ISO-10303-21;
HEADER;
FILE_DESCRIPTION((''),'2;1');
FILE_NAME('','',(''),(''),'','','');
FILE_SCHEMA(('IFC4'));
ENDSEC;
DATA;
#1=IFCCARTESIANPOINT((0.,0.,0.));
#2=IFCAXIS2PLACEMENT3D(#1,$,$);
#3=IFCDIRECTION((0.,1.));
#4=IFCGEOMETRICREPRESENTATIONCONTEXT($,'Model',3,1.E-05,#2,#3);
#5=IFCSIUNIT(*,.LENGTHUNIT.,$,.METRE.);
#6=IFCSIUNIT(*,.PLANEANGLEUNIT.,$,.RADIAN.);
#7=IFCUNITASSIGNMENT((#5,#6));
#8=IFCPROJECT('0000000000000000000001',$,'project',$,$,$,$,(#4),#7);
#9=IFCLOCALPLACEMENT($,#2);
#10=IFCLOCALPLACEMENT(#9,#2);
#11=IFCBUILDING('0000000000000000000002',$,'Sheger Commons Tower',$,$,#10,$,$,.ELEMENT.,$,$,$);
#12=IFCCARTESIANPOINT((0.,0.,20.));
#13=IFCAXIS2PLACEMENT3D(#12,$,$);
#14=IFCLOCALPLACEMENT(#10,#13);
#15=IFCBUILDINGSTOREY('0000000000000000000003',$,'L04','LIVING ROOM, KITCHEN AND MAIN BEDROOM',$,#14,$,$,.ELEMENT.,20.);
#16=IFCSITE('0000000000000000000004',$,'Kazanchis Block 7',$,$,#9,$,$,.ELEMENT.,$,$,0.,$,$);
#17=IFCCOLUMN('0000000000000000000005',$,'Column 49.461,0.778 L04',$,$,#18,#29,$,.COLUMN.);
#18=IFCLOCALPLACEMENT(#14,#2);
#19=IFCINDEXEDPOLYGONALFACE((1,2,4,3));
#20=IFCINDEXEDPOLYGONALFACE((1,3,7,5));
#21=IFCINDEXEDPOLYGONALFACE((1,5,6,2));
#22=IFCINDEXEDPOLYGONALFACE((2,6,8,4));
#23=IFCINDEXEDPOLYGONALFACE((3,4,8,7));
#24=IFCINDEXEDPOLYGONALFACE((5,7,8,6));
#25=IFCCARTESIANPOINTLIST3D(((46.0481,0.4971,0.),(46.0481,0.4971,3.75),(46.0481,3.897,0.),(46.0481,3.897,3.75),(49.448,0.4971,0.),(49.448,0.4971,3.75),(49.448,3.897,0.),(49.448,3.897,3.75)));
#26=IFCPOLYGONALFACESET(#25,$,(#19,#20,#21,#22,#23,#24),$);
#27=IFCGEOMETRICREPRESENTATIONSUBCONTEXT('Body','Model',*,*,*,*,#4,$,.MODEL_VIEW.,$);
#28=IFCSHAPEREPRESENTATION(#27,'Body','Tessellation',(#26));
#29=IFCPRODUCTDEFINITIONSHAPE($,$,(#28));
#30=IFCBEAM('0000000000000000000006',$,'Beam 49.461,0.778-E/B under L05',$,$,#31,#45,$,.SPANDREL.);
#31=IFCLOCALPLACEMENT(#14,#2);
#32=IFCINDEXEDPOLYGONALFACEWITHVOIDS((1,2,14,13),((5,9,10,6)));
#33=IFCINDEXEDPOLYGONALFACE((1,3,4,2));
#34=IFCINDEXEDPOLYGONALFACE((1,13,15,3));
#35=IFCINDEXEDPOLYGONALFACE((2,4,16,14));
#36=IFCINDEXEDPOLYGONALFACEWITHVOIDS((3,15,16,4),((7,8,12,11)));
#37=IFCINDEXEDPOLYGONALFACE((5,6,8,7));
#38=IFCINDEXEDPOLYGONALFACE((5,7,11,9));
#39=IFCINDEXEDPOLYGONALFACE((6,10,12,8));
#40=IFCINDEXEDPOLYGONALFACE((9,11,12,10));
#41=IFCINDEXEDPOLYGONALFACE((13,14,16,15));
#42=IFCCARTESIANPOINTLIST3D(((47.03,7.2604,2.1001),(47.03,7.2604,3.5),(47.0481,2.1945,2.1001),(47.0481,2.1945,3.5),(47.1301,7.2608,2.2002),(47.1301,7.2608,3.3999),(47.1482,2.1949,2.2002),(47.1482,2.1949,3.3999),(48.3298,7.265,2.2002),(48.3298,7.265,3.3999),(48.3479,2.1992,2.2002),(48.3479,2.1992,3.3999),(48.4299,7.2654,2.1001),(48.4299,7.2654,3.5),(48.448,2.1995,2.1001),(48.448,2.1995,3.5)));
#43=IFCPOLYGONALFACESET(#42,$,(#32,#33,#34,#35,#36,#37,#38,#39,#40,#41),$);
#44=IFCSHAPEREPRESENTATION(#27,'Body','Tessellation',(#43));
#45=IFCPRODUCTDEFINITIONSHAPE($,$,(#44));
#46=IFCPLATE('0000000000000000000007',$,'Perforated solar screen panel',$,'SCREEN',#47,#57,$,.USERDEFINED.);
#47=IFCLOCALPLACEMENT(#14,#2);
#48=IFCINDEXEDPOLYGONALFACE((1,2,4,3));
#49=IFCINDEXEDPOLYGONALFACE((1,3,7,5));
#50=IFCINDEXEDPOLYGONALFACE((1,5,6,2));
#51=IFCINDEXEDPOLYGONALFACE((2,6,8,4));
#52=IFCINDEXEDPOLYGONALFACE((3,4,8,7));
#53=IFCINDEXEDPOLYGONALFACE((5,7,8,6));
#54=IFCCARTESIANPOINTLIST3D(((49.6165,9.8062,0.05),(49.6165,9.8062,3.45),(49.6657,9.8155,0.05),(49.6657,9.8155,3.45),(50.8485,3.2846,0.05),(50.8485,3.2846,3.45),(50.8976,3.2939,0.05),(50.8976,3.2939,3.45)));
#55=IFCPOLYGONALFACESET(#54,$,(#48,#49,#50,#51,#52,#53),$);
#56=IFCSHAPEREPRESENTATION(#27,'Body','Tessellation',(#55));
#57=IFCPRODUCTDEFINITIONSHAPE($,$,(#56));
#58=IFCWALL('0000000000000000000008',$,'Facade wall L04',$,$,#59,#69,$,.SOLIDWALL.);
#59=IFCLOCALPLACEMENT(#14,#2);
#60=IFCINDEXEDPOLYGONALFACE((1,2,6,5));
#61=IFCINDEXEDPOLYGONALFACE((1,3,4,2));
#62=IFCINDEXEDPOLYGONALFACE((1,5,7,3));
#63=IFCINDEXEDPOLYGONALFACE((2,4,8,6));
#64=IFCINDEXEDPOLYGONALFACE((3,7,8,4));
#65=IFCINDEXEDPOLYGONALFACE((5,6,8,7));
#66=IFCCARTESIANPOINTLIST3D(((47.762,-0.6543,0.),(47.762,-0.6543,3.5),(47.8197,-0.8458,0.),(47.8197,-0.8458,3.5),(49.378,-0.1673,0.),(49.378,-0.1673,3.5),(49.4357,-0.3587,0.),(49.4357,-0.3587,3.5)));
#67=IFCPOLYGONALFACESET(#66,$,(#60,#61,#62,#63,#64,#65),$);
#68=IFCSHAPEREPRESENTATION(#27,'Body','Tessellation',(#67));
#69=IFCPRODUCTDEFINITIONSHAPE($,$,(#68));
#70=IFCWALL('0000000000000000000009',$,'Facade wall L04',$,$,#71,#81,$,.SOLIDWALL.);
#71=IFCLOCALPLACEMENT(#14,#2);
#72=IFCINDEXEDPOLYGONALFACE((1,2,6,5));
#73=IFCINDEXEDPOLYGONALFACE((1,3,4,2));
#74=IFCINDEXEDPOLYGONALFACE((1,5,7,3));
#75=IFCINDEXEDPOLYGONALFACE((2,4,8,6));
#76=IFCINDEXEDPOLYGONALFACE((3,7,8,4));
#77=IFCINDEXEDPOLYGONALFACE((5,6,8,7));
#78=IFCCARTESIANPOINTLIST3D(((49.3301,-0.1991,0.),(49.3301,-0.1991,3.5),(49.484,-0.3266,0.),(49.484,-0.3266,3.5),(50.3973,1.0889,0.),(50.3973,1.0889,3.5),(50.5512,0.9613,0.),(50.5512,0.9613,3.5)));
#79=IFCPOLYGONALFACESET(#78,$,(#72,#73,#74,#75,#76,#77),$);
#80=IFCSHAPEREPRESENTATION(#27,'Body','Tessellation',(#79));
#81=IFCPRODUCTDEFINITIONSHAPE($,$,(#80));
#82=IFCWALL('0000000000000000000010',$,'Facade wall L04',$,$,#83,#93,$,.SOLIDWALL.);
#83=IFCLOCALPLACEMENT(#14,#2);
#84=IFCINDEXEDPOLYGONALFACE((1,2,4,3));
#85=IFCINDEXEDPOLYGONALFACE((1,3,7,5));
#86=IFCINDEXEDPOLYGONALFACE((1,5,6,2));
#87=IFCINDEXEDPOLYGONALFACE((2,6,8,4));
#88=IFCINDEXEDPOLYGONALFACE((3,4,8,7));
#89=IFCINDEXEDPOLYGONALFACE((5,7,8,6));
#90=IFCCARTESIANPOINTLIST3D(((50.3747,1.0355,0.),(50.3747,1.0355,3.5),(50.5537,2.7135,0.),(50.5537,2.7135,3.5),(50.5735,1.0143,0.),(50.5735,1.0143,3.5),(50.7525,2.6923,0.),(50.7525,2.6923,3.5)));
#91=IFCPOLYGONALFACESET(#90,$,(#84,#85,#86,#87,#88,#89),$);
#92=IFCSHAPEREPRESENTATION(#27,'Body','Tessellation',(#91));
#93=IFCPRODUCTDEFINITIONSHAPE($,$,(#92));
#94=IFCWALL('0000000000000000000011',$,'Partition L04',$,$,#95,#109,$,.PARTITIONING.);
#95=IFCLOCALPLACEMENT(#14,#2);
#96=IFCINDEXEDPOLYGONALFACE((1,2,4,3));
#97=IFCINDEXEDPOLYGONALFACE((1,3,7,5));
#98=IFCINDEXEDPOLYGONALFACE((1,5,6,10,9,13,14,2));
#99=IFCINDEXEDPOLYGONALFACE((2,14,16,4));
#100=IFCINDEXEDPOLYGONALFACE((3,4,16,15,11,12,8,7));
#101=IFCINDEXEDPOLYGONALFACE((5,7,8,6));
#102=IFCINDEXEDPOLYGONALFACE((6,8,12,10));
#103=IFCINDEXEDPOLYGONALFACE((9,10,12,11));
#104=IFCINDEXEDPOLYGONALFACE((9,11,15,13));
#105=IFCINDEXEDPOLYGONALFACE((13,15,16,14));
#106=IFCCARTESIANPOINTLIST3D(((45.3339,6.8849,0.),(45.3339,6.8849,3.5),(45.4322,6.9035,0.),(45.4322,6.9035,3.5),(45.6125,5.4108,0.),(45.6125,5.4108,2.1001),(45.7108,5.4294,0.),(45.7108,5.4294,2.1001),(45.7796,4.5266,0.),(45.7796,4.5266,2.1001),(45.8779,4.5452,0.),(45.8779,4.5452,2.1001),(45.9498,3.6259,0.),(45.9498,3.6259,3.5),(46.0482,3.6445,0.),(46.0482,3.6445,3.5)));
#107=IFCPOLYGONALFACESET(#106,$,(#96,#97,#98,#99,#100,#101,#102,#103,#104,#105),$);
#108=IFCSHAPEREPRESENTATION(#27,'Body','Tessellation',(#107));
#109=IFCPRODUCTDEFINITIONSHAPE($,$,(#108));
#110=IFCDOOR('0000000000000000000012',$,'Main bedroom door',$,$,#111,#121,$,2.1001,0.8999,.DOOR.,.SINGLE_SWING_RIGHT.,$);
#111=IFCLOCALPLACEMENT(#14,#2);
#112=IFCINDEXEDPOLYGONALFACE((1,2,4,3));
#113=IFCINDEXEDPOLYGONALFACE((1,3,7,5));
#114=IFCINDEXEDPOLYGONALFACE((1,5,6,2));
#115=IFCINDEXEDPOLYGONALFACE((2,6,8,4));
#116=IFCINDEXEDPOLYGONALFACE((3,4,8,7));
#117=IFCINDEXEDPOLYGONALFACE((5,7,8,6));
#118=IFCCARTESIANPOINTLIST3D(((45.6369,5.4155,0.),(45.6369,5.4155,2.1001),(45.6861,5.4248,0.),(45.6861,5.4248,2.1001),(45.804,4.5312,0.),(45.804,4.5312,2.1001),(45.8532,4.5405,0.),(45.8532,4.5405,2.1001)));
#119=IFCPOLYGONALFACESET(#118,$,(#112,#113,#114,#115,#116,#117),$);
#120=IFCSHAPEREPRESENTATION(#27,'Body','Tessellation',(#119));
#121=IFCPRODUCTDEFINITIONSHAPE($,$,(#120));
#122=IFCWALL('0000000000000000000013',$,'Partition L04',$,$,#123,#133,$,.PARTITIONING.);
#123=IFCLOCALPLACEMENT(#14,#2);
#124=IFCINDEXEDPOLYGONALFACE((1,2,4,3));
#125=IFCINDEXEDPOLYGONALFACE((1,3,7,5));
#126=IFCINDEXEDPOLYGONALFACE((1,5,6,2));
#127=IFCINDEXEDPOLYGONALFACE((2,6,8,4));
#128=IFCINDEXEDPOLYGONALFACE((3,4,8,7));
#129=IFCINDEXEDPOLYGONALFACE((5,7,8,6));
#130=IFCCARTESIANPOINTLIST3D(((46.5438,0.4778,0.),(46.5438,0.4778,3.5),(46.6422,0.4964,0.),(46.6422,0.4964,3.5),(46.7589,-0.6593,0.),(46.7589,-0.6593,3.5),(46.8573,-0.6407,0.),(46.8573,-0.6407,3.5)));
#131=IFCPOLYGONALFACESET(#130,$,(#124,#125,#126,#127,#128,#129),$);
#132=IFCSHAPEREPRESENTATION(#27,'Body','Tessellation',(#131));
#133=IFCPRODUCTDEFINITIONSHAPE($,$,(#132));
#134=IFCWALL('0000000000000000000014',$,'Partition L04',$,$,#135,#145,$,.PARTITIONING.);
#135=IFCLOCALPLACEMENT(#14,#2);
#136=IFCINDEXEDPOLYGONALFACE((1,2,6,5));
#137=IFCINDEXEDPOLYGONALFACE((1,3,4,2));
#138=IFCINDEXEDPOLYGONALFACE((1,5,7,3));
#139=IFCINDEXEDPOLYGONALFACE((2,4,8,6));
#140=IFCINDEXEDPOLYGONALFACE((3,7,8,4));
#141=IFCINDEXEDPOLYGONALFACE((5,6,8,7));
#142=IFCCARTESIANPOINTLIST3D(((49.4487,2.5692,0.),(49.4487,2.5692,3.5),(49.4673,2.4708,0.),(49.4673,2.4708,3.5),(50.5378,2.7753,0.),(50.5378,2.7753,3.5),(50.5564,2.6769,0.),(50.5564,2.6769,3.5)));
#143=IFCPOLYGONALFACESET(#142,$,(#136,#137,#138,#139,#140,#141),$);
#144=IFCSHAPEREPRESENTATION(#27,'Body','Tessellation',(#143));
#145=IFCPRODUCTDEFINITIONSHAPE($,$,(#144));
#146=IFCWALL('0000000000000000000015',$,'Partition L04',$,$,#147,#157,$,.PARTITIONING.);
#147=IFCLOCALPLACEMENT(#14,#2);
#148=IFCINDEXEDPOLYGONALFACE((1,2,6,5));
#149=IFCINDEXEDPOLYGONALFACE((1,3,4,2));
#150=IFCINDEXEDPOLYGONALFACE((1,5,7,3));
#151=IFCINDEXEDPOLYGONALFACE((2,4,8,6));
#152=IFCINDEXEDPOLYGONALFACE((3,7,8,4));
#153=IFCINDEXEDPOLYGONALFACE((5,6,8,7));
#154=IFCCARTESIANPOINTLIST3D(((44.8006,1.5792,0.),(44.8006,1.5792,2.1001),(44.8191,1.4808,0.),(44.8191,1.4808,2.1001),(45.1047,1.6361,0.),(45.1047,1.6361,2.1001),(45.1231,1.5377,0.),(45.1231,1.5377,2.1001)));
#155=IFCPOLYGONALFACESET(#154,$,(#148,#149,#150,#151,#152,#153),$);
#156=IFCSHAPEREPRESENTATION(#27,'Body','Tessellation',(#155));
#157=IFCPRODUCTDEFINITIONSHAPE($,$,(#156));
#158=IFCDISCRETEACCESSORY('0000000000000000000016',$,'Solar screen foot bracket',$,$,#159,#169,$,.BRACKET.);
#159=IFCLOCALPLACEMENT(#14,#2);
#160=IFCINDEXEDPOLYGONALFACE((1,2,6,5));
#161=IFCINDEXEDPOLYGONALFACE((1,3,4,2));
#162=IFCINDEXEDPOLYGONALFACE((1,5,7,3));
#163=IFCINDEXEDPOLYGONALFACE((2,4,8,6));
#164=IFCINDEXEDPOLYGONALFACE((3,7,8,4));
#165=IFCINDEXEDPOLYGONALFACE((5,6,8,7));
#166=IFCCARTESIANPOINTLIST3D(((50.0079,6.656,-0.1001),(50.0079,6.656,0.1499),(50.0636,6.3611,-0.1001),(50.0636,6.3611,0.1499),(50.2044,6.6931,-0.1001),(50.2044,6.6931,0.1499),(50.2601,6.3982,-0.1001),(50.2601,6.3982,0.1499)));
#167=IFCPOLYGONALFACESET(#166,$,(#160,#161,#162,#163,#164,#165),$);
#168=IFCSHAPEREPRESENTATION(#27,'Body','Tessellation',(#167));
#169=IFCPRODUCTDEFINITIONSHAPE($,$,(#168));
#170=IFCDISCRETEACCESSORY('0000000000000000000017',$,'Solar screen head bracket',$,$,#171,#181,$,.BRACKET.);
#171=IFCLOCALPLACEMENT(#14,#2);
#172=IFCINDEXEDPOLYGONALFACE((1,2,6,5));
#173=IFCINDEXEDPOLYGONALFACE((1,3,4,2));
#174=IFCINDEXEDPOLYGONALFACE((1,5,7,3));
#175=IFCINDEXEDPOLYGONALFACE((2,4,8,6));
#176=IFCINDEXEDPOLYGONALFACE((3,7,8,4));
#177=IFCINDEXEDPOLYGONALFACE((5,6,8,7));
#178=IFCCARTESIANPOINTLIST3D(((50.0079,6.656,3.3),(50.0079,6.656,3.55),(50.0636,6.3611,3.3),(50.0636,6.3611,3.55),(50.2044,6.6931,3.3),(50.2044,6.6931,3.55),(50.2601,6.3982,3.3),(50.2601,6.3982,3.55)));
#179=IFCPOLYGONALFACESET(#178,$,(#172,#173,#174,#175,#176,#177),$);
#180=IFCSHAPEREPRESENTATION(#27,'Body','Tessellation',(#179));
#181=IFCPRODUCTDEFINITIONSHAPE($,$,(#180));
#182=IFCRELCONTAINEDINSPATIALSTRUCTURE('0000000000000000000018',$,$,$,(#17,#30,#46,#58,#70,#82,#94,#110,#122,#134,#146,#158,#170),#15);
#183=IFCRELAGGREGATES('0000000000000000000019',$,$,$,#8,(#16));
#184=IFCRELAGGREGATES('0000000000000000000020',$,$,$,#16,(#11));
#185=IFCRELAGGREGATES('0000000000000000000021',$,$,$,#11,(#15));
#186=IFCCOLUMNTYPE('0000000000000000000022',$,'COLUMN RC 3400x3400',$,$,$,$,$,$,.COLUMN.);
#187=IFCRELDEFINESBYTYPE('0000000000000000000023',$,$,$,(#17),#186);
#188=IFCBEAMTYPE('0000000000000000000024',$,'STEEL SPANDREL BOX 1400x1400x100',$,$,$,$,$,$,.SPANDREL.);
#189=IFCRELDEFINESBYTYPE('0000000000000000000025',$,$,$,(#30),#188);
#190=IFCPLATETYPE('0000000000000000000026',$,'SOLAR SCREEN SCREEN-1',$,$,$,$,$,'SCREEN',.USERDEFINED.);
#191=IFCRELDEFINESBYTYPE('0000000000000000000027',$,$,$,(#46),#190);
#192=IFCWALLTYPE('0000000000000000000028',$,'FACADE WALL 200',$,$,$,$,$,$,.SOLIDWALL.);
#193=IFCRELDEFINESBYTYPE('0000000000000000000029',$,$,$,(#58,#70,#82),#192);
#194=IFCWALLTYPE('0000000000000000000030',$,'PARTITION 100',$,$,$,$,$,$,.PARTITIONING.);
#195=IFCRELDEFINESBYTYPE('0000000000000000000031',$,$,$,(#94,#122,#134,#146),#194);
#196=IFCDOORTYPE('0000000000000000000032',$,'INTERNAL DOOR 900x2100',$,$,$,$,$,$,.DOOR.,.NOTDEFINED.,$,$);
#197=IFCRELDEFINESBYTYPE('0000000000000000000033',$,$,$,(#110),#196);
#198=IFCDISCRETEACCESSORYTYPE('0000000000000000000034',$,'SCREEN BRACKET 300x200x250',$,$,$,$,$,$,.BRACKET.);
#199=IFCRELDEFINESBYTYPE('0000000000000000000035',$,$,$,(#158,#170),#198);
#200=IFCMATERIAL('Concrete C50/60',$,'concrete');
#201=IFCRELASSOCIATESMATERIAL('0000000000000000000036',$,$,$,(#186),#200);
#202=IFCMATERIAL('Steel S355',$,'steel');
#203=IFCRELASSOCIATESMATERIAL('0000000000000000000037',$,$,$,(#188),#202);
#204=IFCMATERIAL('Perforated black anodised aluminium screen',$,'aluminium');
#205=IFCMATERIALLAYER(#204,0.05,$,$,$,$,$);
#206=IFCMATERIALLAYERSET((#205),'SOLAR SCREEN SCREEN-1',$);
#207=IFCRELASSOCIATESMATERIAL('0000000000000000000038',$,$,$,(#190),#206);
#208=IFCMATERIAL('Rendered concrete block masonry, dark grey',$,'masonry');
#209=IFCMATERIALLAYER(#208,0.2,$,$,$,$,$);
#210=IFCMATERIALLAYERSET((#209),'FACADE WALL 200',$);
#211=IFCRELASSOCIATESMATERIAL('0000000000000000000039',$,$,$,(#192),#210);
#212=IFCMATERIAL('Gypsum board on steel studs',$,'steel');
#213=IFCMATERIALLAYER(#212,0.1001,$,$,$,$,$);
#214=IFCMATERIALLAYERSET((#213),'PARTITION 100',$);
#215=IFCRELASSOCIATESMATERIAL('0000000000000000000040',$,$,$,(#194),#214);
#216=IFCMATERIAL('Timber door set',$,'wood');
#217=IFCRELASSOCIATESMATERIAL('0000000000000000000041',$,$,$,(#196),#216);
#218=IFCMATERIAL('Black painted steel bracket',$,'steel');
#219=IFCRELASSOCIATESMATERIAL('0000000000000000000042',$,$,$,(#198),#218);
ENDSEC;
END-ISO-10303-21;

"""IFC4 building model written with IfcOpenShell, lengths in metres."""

from ifc_helpers import new_model, si_unit, direction, frame, frame_2d, origin, origin_2d, place, context, subcontext, project, spatial, rectangle, hollow_rectangle, extrude, material, layer, layer_set, material_profile, profile_set, type_object, element, fill, save


model = new_model("IFC4")

# Units and contexts
model_context = context("Model", 3, precision=1e-05, world=origin(), true_north=direction((0.0, 1.0)))
body_context = subcontext(model_context, "Body", "Model", "MODEL_VIEW")
ifc_project = project(units=[si_unit("LENGTHUNIT", "METRE"), si_unit("PLANEANGLEUNIT", "RADIAN")], contexts=[model_context])

# Site, building, storey
site_placement = place(None, origin())
site = spatial("IfcSite", under=ifc_project, at=site_placement, Name="Kazanchis Block 7", CompositionType="ELEMENT", RefElevation=0.0)
building_placement = place(site_placement, origin())
building = spatial("IfcBuilding", under=site, at=building_placement, Name="Sheger Commons Tower", CompositionType="ELEMENT")
storey_placement = place(building_placement, frame((0.0, 0.0, 20.0)))
storey = spatial("IfcBuildingStorey", under=building, at=storey_placement, Name="L04", Description="LIVING ROOM, KITCHEN AND MAIN BEDROOM", CompositionType="ELEMENT", Elevation=20.0)

# Column
ifc_material_1 = material(Name="Concrete C50/60", Category="concrete")
ifc_material_profile_1 = material_profile(ifc_material_1, rectangle(XDim=3.3999, YDim=3.3999, at=origin_2d()), Name="RC 3400x3400")
ifc_profile_set_1 = profile_set([ifc_material_profile_1], Name="Concrete C50/60")
column_type = type_object("IfcColumnType", Name="COLUMN RC 3400x3400", PredefinedType="COLUMN", material=ifc_profile_set_1)
column_placement = place(storey_placement, frame((47.748, 2.197, 0.0), z_axis=(0.0, 0.0, 1.0), x_axis=(1.0, 0.0, 0.0)))
element("IfcColumn", 1, at=column_placement, inside=storey, type_object=column_type, Name="Column 49.461,0.778 L04", PredefinedType="COLUMN", context=body_context, shape_type="SweptSolid", body=[
    extrude(rectangle(XDim=3.3999, YDim=3.3999, at=origin_2d()), origin(), (0.0, 0.0, 1.0), 3.75),
])

# Beam
ifc_material_2 = material(Name="Steel S355", Category="steel")
ifc_material_profile_2 = material_profile(ifc_material_2, hollow_rectangle(XDim=1.3999, YDim=1.3999, WallThickness=0.1001, at=origin_2d()), Name="BOX 1400x1400x100")
ifc_profile_set_2 = profile_set([ifc_material_profile_2], Name="Steel S355")
beam_type = type_object("IfcBeamType", Name="STEEL SPANDREL BOX 1400x1400x100", PredefinedType="SPANDREL", material=ifc_profile_set_2)
beam_placement = place(storey_placement, frame((47.748, 2.197, 2.8), z_axis=(-0.003566, 0.999994, 0.0), x_axis=(-0.999994, -0.003566, 0.0)))
element("IfcBeam", 2, at=beam_placement, inside=storey, type_object=beam_type, Name="Beam 49.461,0.778-E/B under L05", PredefinedType="SPANDREL", context=body_context, shape_type="SweptSolid", body=[
    extrude(hollow_rectangle(XDim=1.3999, YDim=1.3999, WallThickness=0.1001, at=origin_2d()), origin(), (0.0, 0.0, 1.0), 5.0659),
])

# Plate
ifc_material_3 = material(Name="Perforated black anodised aluminium screen", Category="aluminium")
ifc_layer_1 = layer(ifc_material_3, 0.05)
ifc_layer_set_1 = layer_set([ifc_layer_1], Name="SOLAR SCREEN SCREEN-1")
plate_type = type_object("IfcPlateType", Name="SOLAR SCREEN SCREEN-1", ElementType="SCREEN", PredefinedType="USERDEFINED", material=ifc_layer_set_1)
plate_placement = place(storey_placement, frame((50.2571, 6.55, 0.05), z_axis=(0.0, 0.0, 1.0), x_axis=(-0.185615, 0.982623, 0.0)))
element("IfcPlate", 3, at=plate_placement, inside=storey, type_object=plate_type, Name="Perforated solar screen panel", ObjectType="SCREEN", PredefinedType="USERDEFINED", context=body_context, shape_type="SweptSolid", body=[
    extrude(rectangle(XDim=6.637, YDim=0.05, at=origin_2d()), origin(), (0.0, 0.0, 1.0), 3.3999),
])

# Walls
ifc_material_4 = material(Name="Rendered concrete block masonry, dark grey", Category="masonry")
ifc_layer_2 = layer(ifc_material_4, 0.2)
ifc_layer_set_2 = layer_set([ifc_layer_2], Name="FACADE WALL 200")
wall_type_1 = type_object("IfcWallType", Name="FACADE WALL 200", PredefinedType="SOLIDWALL", material=ifc_layer_set_2)
wall_1_placement = place(storey_placement, frame((47.791, -0.75, 0.0), z_axis=(0.0, 0.0, 1.0), x_axis=(0.957455, 0.288582, 0.0)))
element("IfcWall", 4, at=wall_1_placement, inside=storey, type_object=wall_type_1, Name="Facade wall L04", PredefinedType="SOLIDWALL", context=body_context, shape_type="SweptSolid", body=[
    extrude(rectangle(XDim=1.6877, YDim=0.2, at=frame_2d((0.8438, 0.0))), origin(), (0.0, 0.0, 1.0), 3.5),
])
wall_2_placement = place(storey_placement, frame((49.407, -0.2629, 0.0), z_axis=(0.0, 0.0, 1.0), x_axis=(0.638043, 0.770001, 0.0)))
element("IfcWall", 5, at=wall_2_placement, inside=storey, type_object=wall_type_1, Name="Facade wall L04", PredefinedType="SOLIDWALL", context=body_context, shape_type="SweptSolid", body=[
    extrude(rectangle(XDim=1.6726, YDim=0.2, at=frame_2d((0.8364, 0.0))), origin(), (0.0, 0.0, 1.0), 3.5),
])
wall_3_placement = place(storey_placement, frame((50.4741, 1.0249, 0.0), z_axis=(0.0, 0.0, 1.0), x_axis=(0.106048, 0.994361, 0.0)))
element("IfcWall", 6, at=wall_3_placement, inside=storey, type_object=wall_type_1, Name="Facade wall L04", PredefinedType="SOLIDWALL", context=body_context, shape_type="SweptSolid", body=[
    extrude(rectangle(XDim=1.6875, YDim=0.2, at=frame_2d((0.8438, 0.0))), origin(), (0.0, 0.0, 1.0), 3.5),
])

# Wall, opening, door
ifc_material_5 = material(Name="Gypsum board on steel studs", Category="steel")
ifc_layer_3 = layer(ifc_material_5, 0.1001)
ifc_layer_set_3 = layer_set([ifc_layer_3], Name="PARTITION 100")
wall_type_2 = type_object("IfcWallType", Name="PARTITION 100", PredefinedType="PARTITIONING", material=ifc_layer_set_3)
wall_4_placement = place(storey_placement, frame((45.3831, 6.894, 0.0), z_axis=(0.0, 0.0, 1.0), x_axis=(0.185715, -0.982604, 0.0)))
wall_4 = element("IfcWall", 7, at=wall_4_placement, inside=storey, type_object=wall_type_2, Name="Partition L04", PredefinedType="PARTITIONING", context=body_context, shape_type="SweptSolid", body=[
    extrude(rectangle(XDim=3.3167, YDim=0.1001, at=frame_2d((1.6582, 0.0))), origin(), (0.0, 0.0, 1.0), 3.5),
])
opening_1_placement = place(wall_4_placement, frame((1.5, 0.0, 0.0)))
opening_1 = element("IfcOpeningElement", 8, at=opening_1_placement, cuts=wall_4, PredefinedType="OPENING", context=body_context, shape_type="SweptSolid", body=[
    extrude(rectangle(XDim=0.8999, YDim=2.1001, at=frame_2d((0.45, 1.05))), frame((0.0, 0.0601, 0.0), z_axis=(0.0, -1.0, 0.0), x_axis=(1.0, 0.0, 0.0)), (0.0, 0.0, 1.0), 0.1201),
])
ifc_material_6 = material(Name="Timber door set", Category="wood")
door_type = type_object("IfcDoorType", Name="INTERNAL DOOR 900x2100", OperationType="NOTDEFINED", PredefinedType="DOOR", material=ifc_material_6)
door_placement = place(opening_1_placement, origin())
door = element("IfcDoor", 9, at=door_placement, inside=storey, type_object=door_type, Name="Main bedroom door", OperationType="SINGLE_SWING_RIGHT", OverallHeight=2.1001, OverallWidth=0.8999, PredefinedType="DOOR", context=body_context, shape_type="SweptSolid", body=[
    extrude(rectangle(XDim=0.8999, YDim=2.1001, at=frame_2d((0.45, 1.05))), frame((0.0, 0.0249, 0.0), z_axis=(0.0, -1.0, 0.0), x_axis=(1.0, 0.0, 0.0)), (0.0, 0.0, 1.0), 0.05),
])
fill(opening_1, door)

# Walls
wall_5_placement = place(storey_placement, frame((46.593, 0.4871, 0.0), z_axis=(0.0, 0.0, 1.0), x_axis=(0.185881, -0.982572, 0.0)))
element("IfcWall", 10, at=wall_5_placement, inside=storey, type_object=wall_type_2, Name="Partition L04", PredefinedType="PARTITIONING", context=body_context, shape_type="SweptSolid", body=[
    extrude(rectangle(XDim=1.1572, YDim=0.1001, at=frame_2d((0.5786, 0.0))), origin(), (0.0, 0.0, 1.0), 3.5),
])
wall_6_placement = place(storey_placement, frame((50.5471, 2.7261, 0.0), z_axis=(0.0, 0.0, 1.0), x_axis=(-0.982569, -0.185897, 0.0)))
element("IfcWall", 11, at=wall_6_placement, inside=storey, type_object=wall_type_2, Name="Partition L04", PredefinedType="PARTITIONING", context=body_context, shape_type="SweptSolid", body=[
    extrude(rectangle(XDim=1.1084, YDim=0.1001, at=frame_2d((0.5542, 0.0))), origin(), (0.0, 0.0, 1.0), 3.5),
])
wall_7_placement = place(storey_placement, frame((45.114, 1.5869, 0.0), z_axis=(0.0, 0.0, 1.0), x_axis=(-0.982935, -0.183955, 0.0)))
element("IfcWall", 12, at=wall_7_placement, inside=storey, type_object=wall_type_2, Name="Partition L04", PredefinedType="PARTITIONING", context=body_context, shape_type="SweptSolid", body=[
    extrude(rectangle(XDim=0.3093, YDim=0.1001, at=frame_2d((0.1548, 0.0))), origin(), (0.0, 0.0, 1.0), 2.1001),
])

# Discrete accessories
ifc_material_7 = material(Name="Black painted steel bracket", Category="steel")
discrete_accessory_type = type_object("IfcDiscreteAccessoryType", Name="SCREEN BRACKET 300x200x250", PredefinedType="BRACKET", material=ifc_material_7)
for number, where, z_axis, x_axis, name in (
    (13, (50.134, 6.5271, -0.1001), (0.0, 0.0, 1.0), (-0.185615, 0.982623, 0.0), "Solar screen foot bracket"),
    (14, (50.134, 6.5271, 3.3), (0.0, 0.0, 1.0), (-0.185615, 0.982623, 0.0), "Solar screen head bracket"),
):
    element("IfcDiscreteAccessory", number, at=place(storey_placement, frame(where, z_axis=z_axis, x_axis=x_axis)), inside=storey, type_object=discrete_accessory_type, Name=name, PredefinedType="BRACKET", context=body_context, shape_type="SweptSolid", body=[
        extrude(rectangle(XDim=0.3, YDim=0.2, at=origin_2d()), origin(), (0.0, 0.0, 1.0), 0.25),
    ])

save(model, "model.ifc")
